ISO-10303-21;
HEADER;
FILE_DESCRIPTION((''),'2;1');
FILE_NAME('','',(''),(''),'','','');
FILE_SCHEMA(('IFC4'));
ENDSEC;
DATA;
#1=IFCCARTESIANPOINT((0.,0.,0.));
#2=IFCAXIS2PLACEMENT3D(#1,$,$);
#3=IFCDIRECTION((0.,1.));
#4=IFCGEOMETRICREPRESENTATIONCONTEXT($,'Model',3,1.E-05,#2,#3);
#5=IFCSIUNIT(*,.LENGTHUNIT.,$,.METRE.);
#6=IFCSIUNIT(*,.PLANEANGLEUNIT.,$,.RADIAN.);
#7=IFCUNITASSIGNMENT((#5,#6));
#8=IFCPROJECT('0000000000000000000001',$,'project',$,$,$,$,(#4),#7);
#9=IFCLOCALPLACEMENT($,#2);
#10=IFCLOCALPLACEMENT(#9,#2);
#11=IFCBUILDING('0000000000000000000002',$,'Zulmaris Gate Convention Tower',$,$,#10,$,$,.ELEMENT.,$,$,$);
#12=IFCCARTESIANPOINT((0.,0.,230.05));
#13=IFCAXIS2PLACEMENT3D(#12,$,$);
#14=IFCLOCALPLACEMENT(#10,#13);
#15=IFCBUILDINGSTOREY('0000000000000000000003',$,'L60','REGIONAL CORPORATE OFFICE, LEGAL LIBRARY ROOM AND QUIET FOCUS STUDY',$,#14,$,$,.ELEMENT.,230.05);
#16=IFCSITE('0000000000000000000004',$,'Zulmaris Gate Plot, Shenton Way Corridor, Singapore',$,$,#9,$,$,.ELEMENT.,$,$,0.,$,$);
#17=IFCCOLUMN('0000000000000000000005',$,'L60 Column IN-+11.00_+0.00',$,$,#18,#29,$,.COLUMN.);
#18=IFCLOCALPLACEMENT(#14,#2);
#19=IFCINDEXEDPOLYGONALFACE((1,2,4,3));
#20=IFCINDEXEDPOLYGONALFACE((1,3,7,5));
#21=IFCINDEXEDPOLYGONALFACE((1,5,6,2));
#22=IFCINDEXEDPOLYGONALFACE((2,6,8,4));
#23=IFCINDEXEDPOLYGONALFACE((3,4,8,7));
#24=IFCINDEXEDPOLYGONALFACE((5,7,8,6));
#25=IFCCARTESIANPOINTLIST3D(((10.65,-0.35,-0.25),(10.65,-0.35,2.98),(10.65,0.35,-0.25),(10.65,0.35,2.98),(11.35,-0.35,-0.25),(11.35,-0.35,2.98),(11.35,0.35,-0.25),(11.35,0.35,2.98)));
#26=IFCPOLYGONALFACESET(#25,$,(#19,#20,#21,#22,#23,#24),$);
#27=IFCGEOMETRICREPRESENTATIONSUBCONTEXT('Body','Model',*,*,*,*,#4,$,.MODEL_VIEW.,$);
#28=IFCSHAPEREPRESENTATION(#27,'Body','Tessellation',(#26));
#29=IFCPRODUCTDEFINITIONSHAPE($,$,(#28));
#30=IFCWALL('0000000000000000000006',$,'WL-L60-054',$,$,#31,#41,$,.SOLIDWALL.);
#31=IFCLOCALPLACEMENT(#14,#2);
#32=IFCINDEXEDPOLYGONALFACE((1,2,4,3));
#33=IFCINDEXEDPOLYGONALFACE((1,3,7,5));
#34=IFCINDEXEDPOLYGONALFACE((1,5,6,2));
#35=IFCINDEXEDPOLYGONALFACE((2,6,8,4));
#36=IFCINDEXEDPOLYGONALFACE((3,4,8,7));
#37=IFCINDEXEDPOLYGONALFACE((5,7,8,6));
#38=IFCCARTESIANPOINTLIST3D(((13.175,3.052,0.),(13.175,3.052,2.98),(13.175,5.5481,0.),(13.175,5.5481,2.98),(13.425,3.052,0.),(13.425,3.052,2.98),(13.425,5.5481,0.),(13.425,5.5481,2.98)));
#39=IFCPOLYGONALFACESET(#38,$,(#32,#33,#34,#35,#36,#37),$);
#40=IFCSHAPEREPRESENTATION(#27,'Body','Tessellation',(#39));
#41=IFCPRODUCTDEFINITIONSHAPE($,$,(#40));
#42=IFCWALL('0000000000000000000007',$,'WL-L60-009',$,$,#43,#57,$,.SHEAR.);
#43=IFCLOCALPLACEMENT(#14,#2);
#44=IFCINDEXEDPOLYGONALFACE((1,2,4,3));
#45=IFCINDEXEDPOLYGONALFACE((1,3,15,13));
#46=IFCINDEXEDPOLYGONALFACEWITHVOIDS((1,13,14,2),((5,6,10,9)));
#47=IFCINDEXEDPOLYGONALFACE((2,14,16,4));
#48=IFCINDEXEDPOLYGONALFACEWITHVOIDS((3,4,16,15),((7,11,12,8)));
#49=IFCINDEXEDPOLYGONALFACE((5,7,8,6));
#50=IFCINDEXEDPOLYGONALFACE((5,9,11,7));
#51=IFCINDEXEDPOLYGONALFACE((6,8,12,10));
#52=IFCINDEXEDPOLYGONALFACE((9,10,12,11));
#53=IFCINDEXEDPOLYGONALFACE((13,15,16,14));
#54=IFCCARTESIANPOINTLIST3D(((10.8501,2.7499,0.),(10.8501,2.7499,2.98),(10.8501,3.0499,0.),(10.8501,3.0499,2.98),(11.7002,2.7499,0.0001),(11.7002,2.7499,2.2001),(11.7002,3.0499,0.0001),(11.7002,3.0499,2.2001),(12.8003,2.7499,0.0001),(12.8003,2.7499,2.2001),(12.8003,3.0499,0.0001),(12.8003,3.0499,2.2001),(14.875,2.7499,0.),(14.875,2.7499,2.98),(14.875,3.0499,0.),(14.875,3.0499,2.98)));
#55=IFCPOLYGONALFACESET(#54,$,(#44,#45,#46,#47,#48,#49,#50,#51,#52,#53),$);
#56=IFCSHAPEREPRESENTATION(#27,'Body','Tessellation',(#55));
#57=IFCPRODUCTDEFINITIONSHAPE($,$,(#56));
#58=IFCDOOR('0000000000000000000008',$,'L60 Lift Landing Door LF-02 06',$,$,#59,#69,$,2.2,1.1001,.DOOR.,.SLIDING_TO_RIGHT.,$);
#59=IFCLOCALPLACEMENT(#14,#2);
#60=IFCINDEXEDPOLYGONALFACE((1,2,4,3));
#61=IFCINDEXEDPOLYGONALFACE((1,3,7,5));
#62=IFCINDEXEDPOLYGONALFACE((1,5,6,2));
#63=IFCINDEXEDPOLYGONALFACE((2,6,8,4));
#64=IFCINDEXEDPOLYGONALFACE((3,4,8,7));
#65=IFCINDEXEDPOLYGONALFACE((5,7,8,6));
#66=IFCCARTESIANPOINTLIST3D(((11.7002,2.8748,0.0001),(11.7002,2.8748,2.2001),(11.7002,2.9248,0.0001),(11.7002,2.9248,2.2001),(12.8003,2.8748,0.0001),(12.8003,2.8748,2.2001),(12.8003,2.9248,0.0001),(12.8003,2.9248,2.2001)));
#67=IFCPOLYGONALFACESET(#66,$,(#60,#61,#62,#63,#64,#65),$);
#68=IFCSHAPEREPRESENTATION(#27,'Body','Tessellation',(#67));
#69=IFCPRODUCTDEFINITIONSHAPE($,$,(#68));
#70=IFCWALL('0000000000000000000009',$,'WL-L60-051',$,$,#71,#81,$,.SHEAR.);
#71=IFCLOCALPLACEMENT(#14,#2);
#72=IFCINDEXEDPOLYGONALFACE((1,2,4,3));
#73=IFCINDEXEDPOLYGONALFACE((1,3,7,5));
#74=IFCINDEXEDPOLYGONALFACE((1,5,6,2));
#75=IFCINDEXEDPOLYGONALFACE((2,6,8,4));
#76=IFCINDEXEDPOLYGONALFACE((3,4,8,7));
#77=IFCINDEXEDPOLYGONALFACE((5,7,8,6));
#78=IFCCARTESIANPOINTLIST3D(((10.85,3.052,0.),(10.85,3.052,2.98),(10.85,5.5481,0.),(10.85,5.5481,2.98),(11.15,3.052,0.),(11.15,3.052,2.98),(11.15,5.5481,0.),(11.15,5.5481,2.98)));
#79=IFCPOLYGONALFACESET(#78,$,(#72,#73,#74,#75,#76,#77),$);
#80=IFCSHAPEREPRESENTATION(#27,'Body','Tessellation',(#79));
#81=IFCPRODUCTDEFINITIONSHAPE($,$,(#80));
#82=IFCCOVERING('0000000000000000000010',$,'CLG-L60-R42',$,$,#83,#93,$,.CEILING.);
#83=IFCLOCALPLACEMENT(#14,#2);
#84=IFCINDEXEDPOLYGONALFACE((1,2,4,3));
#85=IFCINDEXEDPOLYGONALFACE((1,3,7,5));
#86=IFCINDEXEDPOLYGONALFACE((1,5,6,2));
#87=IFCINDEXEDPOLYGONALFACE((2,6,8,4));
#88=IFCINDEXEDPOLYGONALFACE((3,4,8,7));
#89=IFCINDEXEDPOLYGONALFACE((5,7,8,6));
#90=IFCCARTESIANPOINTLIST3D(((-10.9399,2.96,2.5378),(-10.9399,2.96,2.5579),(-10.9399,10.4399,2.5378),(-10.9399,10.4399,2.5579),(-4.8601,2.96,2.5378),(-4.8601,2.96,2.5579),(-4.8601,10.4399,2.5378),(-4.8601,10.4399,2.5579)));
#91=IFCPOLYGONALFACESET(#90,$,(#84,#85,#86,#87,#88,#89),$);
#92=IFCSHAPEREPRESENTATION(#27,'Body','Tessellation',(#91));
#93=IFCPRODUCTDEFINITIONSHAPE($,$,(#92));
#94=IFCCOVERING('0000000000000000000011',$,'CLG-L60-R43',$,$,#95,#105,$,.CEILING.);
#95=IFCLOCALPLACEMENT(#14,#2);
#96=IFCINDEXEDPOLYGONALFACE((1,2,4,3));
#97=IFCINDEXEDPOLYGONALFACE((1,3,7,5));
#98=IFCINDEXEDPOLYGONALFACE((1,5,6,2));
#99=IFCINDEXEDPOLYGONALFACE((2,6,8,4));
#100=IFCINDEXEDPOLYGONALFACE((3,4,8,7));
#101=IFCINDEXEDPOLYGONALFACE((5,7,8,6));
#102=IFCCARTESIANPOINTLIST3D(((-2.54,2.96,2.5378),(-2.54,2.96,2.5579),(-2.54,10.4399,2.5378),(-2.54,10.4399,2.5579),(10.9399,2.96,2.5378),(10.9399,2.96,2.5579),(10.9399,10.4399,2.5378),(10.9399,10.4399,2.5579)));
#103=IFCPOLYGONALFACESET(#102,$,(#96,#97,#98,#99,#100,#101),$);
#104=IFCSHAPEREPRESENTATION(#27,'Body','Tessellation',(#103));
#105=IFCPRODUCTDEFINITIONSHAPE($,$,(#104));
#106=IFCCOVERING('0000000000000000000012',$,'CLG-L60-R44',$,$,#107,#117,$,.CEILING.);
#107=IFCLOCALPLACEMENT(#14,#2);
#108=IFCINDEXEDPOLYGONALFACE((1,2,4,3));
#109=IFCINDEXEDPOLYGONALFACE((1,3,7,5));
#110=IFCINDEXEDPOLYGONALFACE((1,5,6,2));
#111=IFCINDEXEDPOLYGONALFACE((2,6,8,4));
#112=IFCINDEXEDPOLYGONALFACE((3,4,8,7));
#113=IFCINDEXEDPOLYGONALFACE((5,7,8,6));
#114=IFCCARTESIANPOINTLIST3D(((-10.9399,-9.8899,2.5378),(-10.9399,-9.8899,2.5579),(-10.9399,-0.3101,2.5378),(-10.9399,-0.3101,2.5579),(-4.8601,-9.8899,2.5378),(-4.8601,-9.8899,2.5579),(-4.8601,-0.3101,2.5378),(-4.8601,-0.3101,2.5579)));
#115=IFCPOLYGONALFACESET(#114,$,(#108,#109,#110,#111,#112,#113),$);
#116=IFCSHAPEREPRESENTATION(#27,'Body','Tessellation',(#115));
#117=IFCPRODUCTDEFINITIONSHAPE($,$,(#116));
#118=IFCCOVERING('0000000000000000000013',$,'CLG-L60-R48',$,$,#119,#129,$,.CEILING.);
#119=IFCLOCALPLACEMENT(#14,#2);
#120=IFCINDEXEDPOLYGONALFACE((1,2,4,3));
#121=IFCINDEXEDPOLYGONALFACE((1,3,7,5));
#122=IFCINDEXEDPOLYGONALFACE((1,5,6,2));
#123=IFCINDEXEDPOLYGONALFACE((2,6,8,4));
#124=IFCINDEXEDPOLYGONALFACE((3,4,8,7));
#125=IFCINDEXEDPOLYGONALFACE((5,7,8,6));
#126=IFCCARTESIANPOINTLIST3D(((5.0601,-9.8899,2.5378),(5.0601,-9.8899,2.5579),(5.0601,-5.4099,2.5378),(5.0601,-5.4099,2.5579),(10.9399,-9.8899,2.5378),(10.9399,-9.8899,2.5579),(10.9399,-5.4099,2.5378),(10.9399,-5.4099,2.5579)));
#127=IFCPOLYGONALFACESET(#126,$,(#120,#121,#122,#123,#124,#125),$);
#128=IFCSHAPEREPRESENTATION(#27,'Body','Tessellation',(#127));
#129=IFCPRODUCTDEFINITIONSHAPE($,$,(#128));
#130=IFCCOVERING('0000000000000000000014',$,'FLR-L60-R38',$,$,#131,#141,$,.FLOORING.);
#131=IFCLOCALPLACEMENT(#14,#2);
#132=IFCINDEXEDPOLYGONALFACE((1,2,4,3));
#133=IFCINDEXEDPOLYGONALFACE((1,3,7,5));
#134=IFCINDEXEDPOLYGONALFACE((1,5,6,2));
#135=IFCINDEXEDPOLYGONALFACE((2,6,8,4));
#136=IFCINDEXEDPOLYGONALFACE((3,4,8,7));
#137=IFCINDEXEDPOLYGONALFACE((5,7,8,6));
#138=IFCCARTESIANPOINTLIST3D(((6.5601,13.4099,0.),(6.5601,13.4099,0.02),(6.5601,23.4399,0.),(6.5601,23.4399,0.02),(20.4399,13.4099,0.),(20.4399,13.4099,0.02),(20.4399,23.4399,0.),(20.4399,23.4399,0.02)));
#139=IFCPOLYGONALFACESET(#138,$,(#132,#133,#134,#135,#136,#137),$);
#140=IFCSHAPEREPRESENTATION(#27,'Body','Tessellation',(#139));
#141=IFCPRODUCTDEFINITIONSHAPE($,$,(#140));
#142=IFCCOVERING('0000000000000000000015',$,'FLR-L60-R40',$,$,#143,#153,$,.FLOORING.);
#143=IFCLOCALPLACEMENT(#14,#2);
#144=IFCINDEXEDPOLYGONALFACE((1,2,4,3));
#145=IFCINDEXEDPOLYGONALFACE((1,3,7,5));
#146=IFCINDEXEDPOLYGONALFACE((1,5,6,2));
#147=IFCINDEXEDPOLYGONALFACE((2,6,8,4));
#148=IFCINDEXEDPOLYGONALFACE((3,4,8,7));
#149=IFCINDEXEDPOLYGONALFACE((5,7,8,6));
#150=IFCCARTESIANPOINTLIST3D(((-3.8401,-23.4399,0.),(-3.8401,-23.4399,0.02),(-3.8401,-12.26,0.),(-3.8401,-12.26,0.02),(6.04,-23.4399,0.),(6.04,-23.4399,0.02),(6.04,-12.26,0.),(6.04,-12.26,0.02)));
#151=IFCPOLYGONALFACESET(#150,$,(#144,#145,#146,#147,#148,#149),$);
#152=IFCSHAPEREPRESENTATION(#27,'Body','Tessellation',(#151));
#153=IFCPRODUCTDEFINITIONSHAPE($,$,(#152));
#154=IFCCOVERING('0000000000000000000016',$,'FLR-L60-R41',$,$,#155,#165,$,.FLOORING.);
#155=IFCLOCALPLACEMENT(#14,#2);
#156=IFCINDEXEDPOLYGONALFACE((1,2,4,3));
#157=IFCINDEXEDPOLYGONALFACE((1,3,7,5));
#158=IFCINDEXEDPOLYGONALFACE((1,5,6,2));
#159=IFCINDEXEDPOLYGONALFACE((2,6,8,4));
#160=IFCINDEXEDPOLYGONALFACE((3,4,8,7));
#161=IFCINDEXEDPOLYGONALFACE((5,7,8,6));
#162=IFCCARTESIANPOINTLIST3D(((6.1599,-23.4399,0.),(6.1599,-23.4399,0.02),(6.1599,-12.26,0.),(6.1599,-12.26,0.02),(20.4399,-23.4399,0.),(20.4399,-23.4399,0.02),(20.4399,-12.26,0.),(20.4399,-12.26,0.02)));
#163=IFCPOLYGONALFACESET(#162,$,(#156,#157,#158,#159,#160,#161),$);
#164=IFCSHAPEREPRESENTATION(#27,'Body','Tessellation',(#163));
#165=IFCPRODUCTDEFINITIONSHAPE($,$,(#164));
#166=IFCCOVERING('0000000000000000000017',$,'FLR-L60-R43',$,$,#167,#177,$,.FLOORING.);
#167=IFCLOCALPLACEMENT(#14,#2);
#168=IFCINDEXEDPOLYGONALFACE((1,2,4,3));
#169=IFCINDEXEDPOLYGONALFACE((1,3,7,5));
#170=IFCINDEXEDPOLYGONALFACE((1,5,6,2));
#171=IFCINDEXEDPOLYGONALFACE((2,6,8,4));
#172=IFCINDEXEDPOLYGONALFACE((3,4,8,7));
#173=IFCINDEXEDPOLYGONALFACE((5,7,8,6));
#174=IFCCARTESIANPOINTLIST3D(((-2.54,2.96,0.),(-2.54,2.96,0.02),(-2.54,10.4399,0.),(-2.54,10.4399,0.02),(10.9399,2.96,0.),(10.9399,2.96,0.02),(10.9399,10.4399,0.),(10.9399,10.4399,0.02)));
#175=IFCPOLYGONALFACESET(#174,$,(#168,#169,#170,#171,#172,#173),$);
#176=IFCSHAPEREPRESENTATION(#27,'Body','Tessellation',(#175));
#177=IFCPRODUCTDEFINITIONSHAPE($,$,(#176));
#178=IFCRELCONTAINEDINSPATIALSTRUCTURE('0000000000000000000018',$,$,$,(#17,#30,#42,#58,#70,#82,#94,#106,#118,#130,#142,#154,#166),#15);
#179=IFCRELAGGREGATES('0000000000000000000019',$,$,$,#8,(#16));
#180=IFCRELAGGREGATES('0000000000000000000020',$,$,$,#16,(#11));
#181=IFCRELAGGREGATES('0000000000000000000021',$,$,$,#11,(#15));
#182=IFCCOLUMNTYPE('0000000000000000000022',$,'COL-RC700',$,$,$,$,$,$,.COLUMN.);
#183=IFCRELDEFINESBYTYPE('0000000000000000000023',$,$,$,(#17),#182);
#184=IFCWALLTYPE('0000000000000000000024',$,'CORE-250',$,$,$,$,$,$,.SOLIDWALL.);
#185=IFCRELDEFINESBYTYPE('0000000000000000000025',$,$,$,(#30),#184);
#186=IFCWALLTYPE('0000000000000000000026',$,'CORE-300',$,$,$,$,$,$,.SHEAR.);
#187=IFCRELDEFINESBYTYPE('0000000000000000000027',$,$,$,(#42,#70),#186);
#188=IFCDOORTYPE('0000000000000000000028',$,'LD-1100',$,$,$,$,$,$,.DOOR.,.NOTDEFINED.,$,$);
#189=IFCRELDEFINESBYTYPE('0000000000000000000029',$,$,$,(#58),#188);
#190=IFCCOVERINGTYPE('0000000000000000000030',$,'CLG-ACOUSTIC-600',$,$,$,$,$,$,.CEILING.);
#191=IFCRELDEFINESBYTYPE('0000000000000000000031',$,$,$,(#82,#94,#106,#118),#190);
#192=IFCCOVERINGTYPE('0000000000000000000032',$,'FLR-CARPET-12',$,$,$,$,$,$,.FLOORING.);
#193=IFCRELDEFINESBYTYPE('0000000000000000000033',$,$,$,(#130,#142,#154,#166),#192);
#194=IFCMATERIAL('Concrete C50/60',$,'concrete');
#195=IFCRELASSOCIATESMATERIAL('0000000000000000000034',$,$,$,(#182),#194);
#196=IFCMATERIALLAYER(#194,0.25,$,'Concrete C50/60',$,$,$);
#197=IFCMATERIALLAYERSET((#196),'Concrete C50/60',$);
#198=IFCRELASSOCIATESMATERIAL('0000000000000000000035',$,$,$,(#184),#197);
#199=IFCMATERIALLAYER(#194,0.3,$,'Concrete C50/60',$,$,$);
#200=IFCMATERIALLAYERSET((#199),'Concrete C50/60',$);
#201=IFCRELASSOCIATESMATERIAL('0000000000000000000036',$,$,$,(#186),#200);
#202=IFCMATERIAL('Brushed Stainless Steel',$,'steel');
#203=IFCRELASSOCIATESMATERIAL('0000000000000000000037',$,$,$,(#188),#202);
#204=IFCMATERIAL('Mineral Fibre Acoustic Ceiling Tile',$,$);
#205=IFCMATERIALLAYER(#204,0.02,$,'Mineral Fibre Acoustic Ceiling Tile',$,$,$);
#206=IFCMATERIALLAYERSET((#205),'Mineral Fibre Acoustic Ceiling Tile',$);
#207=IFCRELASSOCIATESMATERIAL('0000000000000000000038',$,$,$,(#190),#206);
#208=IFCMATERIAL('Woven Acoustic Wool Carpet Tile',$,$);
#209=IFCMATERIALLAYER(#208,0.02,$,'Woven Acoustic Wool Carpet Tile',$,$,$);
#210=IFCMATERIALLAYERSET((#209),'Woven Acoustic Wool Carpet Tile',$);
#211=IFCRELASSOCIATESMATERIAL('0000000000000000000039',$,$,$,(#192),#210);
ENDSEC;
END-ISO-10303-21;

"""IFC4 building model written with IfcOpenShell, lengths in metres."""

from ifc_helpers import new_model, si_unit, direction, frame, frame_2d, origin, origin_2d, place, context, subcontext, project, spatial, polyline, rectangle, outline, extrude, material, layer, layer_set, material_profile, profile_set, type_object, element, fill, save


model = new_model("IFC4")

# Units and contexts
model_context = context("Model", 3, precision=1e-05, world=origin(), true_north=direction((0.0, 1.0)))
body_context = subcontext(model_context, "Body", "Model", "MODEL_VIEW")
ifc_project = project(units=[si_unit("LENGTHUNIT", "METRE"), si_unit("PLANEANGLEUNIT", "RADIAN")], contexts=[model_context])

# Site, building, storey
site_placement = place(None, origin())
site = spatial("IfcSite", under=ifc_project, at=site_placement, Name="Zulmaris Gate Plot, Shenton Way Corridor, Singapore", CompositionType="ELEMENT", RefElevation=0.0)
building_placement = place(site_placement, origin())
building = spatial("IfcBuilding", under=site, at=building_placement, Name="Zulmaris Gate Convention Tower", CompositionType="ELEMENT")
storey_placement = place(building_placement, frame((0.0, 0.0, 230.05)))
storey = spatial("IfcBuildingStorey", under=building, at=storey_placement, Name="L60", Description="REGIONAL CORPORATE OFFICE, LEGAL LIBRARY ROOM AND QUIET FOCUS STUDY", CompositionType="ELEMENT", Elevation=230.05)

# Column
ifc_material_1 = material(Name="Concrete C50/60", Category="concrete")
ifc_material_profile = material_profile(ifc_material_1, rectangle(XDim=0.7, YDim=0.7, at=origin_2d()), Name="RC COL 700x700")
ifc_profile_set = profile_set([ifc_material_profile], Name="Concrete C50/60")
column_type = type_object("IfcColumnType", Name="COL-RC700", PredefinedType="COLUMN", material=ifc_profile_set)
column_placement = place(storey_placement, frame((11.0, 0.0, -0.25), z_axis=(0.0, 0.0, 1.0), x_axis=(1.0, 0.0, 0.0)))
element("IfcColumn", 1, at=column_placement, inside=storey, type_object=column_type, Name="L60 Column IN-+11.00_+0.00", PredefinedType="COLUMN", context=body_context, shape_type="SweptSolid", body=[
    extrude(rectangle(XDim=0.7, YDim=0.7, at=origin_2d()), origin(), (0.0, 0.0, 1.0), 3.23),
])

# Wall
ifc_layer_1 = layer(ifc_material_1, 0.25, Name="Concrete C50/60")
ifc_layer_set_1 = layer_set([ifc_layer_1], Name="Concrete C50/60")
wall_type_1 = type_object("IfcWallType", Name="CORE-250", PredefinedType="SOLIDWALL", material=ifc_layer_set_1)
wall_1_placement = place(storey_placement, frame((13.3, 3.052, 0.0), z_axis=(0.0, 0.0, 1.0), x_axis=(0.0, 1.0, 0.0)))
element("IfcWall", 2, at=wall_1_placement, inside=storey, type_object=wall_type_1, Name="WL-L60-054", PredefinedType="SOLIDWALL", context=body_context, shape_type="SweptSolid", body=[
    extrude(rectangle(XDim=2.4961, YDim=0.25, at=frame_2d((1.248, 0.0))), origin(), (0.0, 0.0, 1.0), 2.98),
])

# Wall, opening, door
ifc_layer_2 = layer(ifc_material_1, 0.3, Name="Concrete C50/60")
ifc_layer_set_2 = layer_set([ifc_layer_2], Name="Concrete C50/60")
wall_type_2 = type_object("IfcWallType", Name="CORE-300", PredefinedType="SHEAR", material=ifc_layer_set_2)
wall_2_placement = place(storey_placement, frame((10.8501, 2.8999, 0.0), z_axis=(0.0, 0.0, 1.0), x_axis=(1.0, 0.0, 0.0)))
wall_2 = element("IfcWall", 3, at=wall_2_placement, inside=storey, type_object=wall_type_2, Name="WL-L60-009", PredefinedType="SHEAR", context=body_context, shape_type="SweptSolid", body=[
    extrude(rectangle(XDim=4.0249, YDim=0.3, at=frame_2d((2.0125, 0.0))), origin(), (0.0, 0.0, 1.0), 2.98),
])
opening_1_placement = place(wall_2_placement, frame((0.8501, 0.0, 0.0)))
opening_1 = element("IfcOpeningElement", 4, at=opening_1_placement, cuts=wall_2, PredefinedType="OPENING", context=body_context, shape_type="SweptSolid", body=[
    extrude(rectangle(XDim=1.1001, YDim=2.2, at=frame_2d((0.55, 1.1001))), frame((0.0, 0.1602, 0.0), z_axis=(0.0, -1.0, 0.0), x_axis=(1.0, 0.0, 0.0)), (0.0, 0.0, 1.0), 0.3201),
])
ifc_material_2 = material(Name="Brushed Stainless Steel", Category="steel")
door_type_1 = type_object("IfcDoorType", Name="LD-1100", OperationType="NOTDEFINED", PredefinedType="DOOR", material=ifc_material_2)
door_1_placement = place(opening_1_placement, origin())
door_1 = element("IfcDoor", 5, at=door_1_placement, inside=storey, type_object=door_type_1, Name="L60 Lift Landing Door LF-02 06", OperationType="SLIDING_TO_RIGHT", OverallHeight=2.2, OverallWidth=1.1001, PredefinedType="DOOR", context=body_context, shape_type="SweptSolid", body=[
    extrude(rectangle(XDim=1.1001, YDim=2.2, at=frame_2d((0.55, 1.1001))), frame((0.0, 0.0249, 0.0), z_axis=(0.0, -1.0, 0.0), x_axis=(1.0, 0.0, 0.0)), (0.0, 0.0, 1.0), 0.05),
])
fill(opening_1, door_1)

# Wall
wall_3_placement = place(storey_placement, frame((11.0, 3.052, 0.0), z_axis=(0.0, 0.0, 1.0), x_axis=(0.0, 1.0, 0.0)))
element("IfcWall", 6, at=wall_3_placement, inside=storey, type_object=wall_type_2, Name="WL-L60-051", PredefinedType="SHEAR", context=body_context, shape_type="SweptSolid", body=[
    extrude(rectangle(XDim=2.4961, YDim=0.3, at=frame_2d((1.248, 0.0))), origin(), (0.0, 0.0, 1.0), 2.98),
])

# Coverings
ifc_material_3 = material(Name="Mineral Fibre Acoustic Ceiling Tile")
ifc_layer_3 = layer(ifc_material_3, 0.02, Name="Mineral Fibre Acoustic Ceiling Tile")
ifc_layer_set_3 = layer_set([ifc_layer_3], Name="Mineral Fibre Acoustic Ceiling Tile")
covering_type_1 = type_object("IfcCoveringType", Name="CLG-ACOUSTIC-600", PredefinedType="CEILING", material=ifc_layer_set_3)
covering_1_placement = place(storey_placement, frame((0.0, 0.0, 2.5378)))
element("IfcCovering", 7, at=covering_1_placement, inside=storey, type_object=covering_type_1, Name="CLG-L60-R42", PredefinedType="CEILING", context=body_context, shape_type="SweptSolid", body=[
    extrude(outline(polyline([(-10.9399, 2.96), (-4.8601, 2.96), (-4.8601, 10.4399), (-10.9399, 10.4399), (-10.9399, 2.96)])), origin(), (0.0, 0.0, 1.0), 0.02),
])
covering_2_placement = place(storey_placement, frame((0.0, 0.0, 2.5378)))
element("IfcCovering", 8, at=covering_2_placement, inside=storey, type_object=covering_type_1, Name="CLG-L60-R43", PredefinedType="CEILING", context=body_context, shape_type="SweptSolid", body=[
    extrude(outline(polyline([(-2.54, 2.96), (10.9399, 2.96), (10.9399, 10.4399), (-2.54, 10.4399), (-2.54, 2.96)])), origin(), (0.0, 0.0, 1.0), 0.02),
])
covering_3_placement = place(storey_placement, frame((0.0, 0.0, 2.5378)))
element("IfcCovering", 9, at=covering_3_placement, inside=storey, type_object=covering_type_1, Name="CLG-L60-R44", PredefinedType="CEILING", context=body_context, shape_type="SweptSolid", body=[
    extrude(outline(polyline([(-10.9399, -9.8899), (-4.8601, -9.8899), (-4.8601, -0.3101), (-10.9399, -0.3101), (-10.9399, -9.8899)])), origin(), (0.0, 0.0, 1.0), 0.02),
])
covering_4_placement = place(storey_placement, frame((0.0, 0.0, 2.5378)))
element("IfcCovering", 10, at=covering_4_placement, inside=storey, type_object=covering_type_1, Name="CLG-L60-R48", PredefinedType="CEILING", context=body_context, shape_type="SweptSolid", body=[
    extrude(outline(polyline([(5.0601, -9.8899), (10.9399, -9.8899), (10.9399, -5.4099), (5.0601, -5.4099), (5.0601, -9.8899)])), origin(), (0.0, 0.0, 1.0), 0.02),
])
ifc_material_4 = material(Name="Woven Acoustic Wool Carpet Tile")
ifc_layer_4 = layer(ifc_material_4, 0.02, Name="Woven Acoustic Wool Carpet Tile")
ifc_layer_set_4 = layer_set([ifc_layer_4], Name="Woven Acoustic Wool Carpet Tile")
covering_type_2 = type_object("IfcCoveringType", Name="FLR-CARPET-12", PredefinedType="FLOORING", material=ifc_layer_set_4)
covering_5_placement = place(storey_placement, origin())
element("IfcCovering", 11, at=covering_5_placement, inside=storey, type_object=covering_type_2, Name="FLR-L60-R38", PredefinedType="FLOORING", context=body_context, shape_type="SweptSolid", body=[
    extrude(outline(polyline([(6.5601, 13.4099), (20.4399, 13.4099), (20.4399, 23.4399), (6.5601, 23.4399), (6.5601, 13.4099)])), origin(), (0.0, 0.0, 1.0), 0.02),
])
covering_6_placement = place(storey_placement, origin())
element("IfcCovering", 12, at=covering_6_placement, inside=storey, type_object=covering_type_2, Name="FLR-L60-R40", PredefinedType="FLOORING", context=body_context, shape_type="SweptSolid", body=[
    extrude(outline(polyline([(-3.8401, -23.4399), (6.04, -23.4399), (6.04, -12.26), (-3.8401, -12.26), (-3.8401, -23.4399)])), origin(), (0.0, 0.0, 1.0), 0.02),
])
covering_7_placement = place(storey_placement, origin())
element("IfcCovering", 13, at=covering_7_placement, inside=storey, type_object=covering_type_2, Name="FLR-L60-R41", PredefinedType="FLOORING", context=body_context, shape_type="SweptSolid", body=[
    extrude(outline(polyline([(6.1599, -23.4399), (20.4399, -23.4399), (20.4399, -12.26), (6.1599, -12.26), (6.1599, -23.4399)])), origin(), (0.0, 0.0, 1.0), 0.02),
])
covering_8_placement = place(storey_placement, origin())
element("IfcCovering", 14, at=covering_8_placement, inside=storey, type_object=covering_type_2, Name="FLR-L60-R43", PredefinedType="FLOORING", context=body_context, shape_type="SweptSolid", body=[
    extrude(outline(polyline([(-2.54, 2.96), (10.9399, 2.96), (10.9399, 10.4399), (-2.54, 10.4399), (-2.54, 2.96)])), origin(), (0.0, 0.0, 1.0), 0.02),
])

save(model, "model.ifc")
